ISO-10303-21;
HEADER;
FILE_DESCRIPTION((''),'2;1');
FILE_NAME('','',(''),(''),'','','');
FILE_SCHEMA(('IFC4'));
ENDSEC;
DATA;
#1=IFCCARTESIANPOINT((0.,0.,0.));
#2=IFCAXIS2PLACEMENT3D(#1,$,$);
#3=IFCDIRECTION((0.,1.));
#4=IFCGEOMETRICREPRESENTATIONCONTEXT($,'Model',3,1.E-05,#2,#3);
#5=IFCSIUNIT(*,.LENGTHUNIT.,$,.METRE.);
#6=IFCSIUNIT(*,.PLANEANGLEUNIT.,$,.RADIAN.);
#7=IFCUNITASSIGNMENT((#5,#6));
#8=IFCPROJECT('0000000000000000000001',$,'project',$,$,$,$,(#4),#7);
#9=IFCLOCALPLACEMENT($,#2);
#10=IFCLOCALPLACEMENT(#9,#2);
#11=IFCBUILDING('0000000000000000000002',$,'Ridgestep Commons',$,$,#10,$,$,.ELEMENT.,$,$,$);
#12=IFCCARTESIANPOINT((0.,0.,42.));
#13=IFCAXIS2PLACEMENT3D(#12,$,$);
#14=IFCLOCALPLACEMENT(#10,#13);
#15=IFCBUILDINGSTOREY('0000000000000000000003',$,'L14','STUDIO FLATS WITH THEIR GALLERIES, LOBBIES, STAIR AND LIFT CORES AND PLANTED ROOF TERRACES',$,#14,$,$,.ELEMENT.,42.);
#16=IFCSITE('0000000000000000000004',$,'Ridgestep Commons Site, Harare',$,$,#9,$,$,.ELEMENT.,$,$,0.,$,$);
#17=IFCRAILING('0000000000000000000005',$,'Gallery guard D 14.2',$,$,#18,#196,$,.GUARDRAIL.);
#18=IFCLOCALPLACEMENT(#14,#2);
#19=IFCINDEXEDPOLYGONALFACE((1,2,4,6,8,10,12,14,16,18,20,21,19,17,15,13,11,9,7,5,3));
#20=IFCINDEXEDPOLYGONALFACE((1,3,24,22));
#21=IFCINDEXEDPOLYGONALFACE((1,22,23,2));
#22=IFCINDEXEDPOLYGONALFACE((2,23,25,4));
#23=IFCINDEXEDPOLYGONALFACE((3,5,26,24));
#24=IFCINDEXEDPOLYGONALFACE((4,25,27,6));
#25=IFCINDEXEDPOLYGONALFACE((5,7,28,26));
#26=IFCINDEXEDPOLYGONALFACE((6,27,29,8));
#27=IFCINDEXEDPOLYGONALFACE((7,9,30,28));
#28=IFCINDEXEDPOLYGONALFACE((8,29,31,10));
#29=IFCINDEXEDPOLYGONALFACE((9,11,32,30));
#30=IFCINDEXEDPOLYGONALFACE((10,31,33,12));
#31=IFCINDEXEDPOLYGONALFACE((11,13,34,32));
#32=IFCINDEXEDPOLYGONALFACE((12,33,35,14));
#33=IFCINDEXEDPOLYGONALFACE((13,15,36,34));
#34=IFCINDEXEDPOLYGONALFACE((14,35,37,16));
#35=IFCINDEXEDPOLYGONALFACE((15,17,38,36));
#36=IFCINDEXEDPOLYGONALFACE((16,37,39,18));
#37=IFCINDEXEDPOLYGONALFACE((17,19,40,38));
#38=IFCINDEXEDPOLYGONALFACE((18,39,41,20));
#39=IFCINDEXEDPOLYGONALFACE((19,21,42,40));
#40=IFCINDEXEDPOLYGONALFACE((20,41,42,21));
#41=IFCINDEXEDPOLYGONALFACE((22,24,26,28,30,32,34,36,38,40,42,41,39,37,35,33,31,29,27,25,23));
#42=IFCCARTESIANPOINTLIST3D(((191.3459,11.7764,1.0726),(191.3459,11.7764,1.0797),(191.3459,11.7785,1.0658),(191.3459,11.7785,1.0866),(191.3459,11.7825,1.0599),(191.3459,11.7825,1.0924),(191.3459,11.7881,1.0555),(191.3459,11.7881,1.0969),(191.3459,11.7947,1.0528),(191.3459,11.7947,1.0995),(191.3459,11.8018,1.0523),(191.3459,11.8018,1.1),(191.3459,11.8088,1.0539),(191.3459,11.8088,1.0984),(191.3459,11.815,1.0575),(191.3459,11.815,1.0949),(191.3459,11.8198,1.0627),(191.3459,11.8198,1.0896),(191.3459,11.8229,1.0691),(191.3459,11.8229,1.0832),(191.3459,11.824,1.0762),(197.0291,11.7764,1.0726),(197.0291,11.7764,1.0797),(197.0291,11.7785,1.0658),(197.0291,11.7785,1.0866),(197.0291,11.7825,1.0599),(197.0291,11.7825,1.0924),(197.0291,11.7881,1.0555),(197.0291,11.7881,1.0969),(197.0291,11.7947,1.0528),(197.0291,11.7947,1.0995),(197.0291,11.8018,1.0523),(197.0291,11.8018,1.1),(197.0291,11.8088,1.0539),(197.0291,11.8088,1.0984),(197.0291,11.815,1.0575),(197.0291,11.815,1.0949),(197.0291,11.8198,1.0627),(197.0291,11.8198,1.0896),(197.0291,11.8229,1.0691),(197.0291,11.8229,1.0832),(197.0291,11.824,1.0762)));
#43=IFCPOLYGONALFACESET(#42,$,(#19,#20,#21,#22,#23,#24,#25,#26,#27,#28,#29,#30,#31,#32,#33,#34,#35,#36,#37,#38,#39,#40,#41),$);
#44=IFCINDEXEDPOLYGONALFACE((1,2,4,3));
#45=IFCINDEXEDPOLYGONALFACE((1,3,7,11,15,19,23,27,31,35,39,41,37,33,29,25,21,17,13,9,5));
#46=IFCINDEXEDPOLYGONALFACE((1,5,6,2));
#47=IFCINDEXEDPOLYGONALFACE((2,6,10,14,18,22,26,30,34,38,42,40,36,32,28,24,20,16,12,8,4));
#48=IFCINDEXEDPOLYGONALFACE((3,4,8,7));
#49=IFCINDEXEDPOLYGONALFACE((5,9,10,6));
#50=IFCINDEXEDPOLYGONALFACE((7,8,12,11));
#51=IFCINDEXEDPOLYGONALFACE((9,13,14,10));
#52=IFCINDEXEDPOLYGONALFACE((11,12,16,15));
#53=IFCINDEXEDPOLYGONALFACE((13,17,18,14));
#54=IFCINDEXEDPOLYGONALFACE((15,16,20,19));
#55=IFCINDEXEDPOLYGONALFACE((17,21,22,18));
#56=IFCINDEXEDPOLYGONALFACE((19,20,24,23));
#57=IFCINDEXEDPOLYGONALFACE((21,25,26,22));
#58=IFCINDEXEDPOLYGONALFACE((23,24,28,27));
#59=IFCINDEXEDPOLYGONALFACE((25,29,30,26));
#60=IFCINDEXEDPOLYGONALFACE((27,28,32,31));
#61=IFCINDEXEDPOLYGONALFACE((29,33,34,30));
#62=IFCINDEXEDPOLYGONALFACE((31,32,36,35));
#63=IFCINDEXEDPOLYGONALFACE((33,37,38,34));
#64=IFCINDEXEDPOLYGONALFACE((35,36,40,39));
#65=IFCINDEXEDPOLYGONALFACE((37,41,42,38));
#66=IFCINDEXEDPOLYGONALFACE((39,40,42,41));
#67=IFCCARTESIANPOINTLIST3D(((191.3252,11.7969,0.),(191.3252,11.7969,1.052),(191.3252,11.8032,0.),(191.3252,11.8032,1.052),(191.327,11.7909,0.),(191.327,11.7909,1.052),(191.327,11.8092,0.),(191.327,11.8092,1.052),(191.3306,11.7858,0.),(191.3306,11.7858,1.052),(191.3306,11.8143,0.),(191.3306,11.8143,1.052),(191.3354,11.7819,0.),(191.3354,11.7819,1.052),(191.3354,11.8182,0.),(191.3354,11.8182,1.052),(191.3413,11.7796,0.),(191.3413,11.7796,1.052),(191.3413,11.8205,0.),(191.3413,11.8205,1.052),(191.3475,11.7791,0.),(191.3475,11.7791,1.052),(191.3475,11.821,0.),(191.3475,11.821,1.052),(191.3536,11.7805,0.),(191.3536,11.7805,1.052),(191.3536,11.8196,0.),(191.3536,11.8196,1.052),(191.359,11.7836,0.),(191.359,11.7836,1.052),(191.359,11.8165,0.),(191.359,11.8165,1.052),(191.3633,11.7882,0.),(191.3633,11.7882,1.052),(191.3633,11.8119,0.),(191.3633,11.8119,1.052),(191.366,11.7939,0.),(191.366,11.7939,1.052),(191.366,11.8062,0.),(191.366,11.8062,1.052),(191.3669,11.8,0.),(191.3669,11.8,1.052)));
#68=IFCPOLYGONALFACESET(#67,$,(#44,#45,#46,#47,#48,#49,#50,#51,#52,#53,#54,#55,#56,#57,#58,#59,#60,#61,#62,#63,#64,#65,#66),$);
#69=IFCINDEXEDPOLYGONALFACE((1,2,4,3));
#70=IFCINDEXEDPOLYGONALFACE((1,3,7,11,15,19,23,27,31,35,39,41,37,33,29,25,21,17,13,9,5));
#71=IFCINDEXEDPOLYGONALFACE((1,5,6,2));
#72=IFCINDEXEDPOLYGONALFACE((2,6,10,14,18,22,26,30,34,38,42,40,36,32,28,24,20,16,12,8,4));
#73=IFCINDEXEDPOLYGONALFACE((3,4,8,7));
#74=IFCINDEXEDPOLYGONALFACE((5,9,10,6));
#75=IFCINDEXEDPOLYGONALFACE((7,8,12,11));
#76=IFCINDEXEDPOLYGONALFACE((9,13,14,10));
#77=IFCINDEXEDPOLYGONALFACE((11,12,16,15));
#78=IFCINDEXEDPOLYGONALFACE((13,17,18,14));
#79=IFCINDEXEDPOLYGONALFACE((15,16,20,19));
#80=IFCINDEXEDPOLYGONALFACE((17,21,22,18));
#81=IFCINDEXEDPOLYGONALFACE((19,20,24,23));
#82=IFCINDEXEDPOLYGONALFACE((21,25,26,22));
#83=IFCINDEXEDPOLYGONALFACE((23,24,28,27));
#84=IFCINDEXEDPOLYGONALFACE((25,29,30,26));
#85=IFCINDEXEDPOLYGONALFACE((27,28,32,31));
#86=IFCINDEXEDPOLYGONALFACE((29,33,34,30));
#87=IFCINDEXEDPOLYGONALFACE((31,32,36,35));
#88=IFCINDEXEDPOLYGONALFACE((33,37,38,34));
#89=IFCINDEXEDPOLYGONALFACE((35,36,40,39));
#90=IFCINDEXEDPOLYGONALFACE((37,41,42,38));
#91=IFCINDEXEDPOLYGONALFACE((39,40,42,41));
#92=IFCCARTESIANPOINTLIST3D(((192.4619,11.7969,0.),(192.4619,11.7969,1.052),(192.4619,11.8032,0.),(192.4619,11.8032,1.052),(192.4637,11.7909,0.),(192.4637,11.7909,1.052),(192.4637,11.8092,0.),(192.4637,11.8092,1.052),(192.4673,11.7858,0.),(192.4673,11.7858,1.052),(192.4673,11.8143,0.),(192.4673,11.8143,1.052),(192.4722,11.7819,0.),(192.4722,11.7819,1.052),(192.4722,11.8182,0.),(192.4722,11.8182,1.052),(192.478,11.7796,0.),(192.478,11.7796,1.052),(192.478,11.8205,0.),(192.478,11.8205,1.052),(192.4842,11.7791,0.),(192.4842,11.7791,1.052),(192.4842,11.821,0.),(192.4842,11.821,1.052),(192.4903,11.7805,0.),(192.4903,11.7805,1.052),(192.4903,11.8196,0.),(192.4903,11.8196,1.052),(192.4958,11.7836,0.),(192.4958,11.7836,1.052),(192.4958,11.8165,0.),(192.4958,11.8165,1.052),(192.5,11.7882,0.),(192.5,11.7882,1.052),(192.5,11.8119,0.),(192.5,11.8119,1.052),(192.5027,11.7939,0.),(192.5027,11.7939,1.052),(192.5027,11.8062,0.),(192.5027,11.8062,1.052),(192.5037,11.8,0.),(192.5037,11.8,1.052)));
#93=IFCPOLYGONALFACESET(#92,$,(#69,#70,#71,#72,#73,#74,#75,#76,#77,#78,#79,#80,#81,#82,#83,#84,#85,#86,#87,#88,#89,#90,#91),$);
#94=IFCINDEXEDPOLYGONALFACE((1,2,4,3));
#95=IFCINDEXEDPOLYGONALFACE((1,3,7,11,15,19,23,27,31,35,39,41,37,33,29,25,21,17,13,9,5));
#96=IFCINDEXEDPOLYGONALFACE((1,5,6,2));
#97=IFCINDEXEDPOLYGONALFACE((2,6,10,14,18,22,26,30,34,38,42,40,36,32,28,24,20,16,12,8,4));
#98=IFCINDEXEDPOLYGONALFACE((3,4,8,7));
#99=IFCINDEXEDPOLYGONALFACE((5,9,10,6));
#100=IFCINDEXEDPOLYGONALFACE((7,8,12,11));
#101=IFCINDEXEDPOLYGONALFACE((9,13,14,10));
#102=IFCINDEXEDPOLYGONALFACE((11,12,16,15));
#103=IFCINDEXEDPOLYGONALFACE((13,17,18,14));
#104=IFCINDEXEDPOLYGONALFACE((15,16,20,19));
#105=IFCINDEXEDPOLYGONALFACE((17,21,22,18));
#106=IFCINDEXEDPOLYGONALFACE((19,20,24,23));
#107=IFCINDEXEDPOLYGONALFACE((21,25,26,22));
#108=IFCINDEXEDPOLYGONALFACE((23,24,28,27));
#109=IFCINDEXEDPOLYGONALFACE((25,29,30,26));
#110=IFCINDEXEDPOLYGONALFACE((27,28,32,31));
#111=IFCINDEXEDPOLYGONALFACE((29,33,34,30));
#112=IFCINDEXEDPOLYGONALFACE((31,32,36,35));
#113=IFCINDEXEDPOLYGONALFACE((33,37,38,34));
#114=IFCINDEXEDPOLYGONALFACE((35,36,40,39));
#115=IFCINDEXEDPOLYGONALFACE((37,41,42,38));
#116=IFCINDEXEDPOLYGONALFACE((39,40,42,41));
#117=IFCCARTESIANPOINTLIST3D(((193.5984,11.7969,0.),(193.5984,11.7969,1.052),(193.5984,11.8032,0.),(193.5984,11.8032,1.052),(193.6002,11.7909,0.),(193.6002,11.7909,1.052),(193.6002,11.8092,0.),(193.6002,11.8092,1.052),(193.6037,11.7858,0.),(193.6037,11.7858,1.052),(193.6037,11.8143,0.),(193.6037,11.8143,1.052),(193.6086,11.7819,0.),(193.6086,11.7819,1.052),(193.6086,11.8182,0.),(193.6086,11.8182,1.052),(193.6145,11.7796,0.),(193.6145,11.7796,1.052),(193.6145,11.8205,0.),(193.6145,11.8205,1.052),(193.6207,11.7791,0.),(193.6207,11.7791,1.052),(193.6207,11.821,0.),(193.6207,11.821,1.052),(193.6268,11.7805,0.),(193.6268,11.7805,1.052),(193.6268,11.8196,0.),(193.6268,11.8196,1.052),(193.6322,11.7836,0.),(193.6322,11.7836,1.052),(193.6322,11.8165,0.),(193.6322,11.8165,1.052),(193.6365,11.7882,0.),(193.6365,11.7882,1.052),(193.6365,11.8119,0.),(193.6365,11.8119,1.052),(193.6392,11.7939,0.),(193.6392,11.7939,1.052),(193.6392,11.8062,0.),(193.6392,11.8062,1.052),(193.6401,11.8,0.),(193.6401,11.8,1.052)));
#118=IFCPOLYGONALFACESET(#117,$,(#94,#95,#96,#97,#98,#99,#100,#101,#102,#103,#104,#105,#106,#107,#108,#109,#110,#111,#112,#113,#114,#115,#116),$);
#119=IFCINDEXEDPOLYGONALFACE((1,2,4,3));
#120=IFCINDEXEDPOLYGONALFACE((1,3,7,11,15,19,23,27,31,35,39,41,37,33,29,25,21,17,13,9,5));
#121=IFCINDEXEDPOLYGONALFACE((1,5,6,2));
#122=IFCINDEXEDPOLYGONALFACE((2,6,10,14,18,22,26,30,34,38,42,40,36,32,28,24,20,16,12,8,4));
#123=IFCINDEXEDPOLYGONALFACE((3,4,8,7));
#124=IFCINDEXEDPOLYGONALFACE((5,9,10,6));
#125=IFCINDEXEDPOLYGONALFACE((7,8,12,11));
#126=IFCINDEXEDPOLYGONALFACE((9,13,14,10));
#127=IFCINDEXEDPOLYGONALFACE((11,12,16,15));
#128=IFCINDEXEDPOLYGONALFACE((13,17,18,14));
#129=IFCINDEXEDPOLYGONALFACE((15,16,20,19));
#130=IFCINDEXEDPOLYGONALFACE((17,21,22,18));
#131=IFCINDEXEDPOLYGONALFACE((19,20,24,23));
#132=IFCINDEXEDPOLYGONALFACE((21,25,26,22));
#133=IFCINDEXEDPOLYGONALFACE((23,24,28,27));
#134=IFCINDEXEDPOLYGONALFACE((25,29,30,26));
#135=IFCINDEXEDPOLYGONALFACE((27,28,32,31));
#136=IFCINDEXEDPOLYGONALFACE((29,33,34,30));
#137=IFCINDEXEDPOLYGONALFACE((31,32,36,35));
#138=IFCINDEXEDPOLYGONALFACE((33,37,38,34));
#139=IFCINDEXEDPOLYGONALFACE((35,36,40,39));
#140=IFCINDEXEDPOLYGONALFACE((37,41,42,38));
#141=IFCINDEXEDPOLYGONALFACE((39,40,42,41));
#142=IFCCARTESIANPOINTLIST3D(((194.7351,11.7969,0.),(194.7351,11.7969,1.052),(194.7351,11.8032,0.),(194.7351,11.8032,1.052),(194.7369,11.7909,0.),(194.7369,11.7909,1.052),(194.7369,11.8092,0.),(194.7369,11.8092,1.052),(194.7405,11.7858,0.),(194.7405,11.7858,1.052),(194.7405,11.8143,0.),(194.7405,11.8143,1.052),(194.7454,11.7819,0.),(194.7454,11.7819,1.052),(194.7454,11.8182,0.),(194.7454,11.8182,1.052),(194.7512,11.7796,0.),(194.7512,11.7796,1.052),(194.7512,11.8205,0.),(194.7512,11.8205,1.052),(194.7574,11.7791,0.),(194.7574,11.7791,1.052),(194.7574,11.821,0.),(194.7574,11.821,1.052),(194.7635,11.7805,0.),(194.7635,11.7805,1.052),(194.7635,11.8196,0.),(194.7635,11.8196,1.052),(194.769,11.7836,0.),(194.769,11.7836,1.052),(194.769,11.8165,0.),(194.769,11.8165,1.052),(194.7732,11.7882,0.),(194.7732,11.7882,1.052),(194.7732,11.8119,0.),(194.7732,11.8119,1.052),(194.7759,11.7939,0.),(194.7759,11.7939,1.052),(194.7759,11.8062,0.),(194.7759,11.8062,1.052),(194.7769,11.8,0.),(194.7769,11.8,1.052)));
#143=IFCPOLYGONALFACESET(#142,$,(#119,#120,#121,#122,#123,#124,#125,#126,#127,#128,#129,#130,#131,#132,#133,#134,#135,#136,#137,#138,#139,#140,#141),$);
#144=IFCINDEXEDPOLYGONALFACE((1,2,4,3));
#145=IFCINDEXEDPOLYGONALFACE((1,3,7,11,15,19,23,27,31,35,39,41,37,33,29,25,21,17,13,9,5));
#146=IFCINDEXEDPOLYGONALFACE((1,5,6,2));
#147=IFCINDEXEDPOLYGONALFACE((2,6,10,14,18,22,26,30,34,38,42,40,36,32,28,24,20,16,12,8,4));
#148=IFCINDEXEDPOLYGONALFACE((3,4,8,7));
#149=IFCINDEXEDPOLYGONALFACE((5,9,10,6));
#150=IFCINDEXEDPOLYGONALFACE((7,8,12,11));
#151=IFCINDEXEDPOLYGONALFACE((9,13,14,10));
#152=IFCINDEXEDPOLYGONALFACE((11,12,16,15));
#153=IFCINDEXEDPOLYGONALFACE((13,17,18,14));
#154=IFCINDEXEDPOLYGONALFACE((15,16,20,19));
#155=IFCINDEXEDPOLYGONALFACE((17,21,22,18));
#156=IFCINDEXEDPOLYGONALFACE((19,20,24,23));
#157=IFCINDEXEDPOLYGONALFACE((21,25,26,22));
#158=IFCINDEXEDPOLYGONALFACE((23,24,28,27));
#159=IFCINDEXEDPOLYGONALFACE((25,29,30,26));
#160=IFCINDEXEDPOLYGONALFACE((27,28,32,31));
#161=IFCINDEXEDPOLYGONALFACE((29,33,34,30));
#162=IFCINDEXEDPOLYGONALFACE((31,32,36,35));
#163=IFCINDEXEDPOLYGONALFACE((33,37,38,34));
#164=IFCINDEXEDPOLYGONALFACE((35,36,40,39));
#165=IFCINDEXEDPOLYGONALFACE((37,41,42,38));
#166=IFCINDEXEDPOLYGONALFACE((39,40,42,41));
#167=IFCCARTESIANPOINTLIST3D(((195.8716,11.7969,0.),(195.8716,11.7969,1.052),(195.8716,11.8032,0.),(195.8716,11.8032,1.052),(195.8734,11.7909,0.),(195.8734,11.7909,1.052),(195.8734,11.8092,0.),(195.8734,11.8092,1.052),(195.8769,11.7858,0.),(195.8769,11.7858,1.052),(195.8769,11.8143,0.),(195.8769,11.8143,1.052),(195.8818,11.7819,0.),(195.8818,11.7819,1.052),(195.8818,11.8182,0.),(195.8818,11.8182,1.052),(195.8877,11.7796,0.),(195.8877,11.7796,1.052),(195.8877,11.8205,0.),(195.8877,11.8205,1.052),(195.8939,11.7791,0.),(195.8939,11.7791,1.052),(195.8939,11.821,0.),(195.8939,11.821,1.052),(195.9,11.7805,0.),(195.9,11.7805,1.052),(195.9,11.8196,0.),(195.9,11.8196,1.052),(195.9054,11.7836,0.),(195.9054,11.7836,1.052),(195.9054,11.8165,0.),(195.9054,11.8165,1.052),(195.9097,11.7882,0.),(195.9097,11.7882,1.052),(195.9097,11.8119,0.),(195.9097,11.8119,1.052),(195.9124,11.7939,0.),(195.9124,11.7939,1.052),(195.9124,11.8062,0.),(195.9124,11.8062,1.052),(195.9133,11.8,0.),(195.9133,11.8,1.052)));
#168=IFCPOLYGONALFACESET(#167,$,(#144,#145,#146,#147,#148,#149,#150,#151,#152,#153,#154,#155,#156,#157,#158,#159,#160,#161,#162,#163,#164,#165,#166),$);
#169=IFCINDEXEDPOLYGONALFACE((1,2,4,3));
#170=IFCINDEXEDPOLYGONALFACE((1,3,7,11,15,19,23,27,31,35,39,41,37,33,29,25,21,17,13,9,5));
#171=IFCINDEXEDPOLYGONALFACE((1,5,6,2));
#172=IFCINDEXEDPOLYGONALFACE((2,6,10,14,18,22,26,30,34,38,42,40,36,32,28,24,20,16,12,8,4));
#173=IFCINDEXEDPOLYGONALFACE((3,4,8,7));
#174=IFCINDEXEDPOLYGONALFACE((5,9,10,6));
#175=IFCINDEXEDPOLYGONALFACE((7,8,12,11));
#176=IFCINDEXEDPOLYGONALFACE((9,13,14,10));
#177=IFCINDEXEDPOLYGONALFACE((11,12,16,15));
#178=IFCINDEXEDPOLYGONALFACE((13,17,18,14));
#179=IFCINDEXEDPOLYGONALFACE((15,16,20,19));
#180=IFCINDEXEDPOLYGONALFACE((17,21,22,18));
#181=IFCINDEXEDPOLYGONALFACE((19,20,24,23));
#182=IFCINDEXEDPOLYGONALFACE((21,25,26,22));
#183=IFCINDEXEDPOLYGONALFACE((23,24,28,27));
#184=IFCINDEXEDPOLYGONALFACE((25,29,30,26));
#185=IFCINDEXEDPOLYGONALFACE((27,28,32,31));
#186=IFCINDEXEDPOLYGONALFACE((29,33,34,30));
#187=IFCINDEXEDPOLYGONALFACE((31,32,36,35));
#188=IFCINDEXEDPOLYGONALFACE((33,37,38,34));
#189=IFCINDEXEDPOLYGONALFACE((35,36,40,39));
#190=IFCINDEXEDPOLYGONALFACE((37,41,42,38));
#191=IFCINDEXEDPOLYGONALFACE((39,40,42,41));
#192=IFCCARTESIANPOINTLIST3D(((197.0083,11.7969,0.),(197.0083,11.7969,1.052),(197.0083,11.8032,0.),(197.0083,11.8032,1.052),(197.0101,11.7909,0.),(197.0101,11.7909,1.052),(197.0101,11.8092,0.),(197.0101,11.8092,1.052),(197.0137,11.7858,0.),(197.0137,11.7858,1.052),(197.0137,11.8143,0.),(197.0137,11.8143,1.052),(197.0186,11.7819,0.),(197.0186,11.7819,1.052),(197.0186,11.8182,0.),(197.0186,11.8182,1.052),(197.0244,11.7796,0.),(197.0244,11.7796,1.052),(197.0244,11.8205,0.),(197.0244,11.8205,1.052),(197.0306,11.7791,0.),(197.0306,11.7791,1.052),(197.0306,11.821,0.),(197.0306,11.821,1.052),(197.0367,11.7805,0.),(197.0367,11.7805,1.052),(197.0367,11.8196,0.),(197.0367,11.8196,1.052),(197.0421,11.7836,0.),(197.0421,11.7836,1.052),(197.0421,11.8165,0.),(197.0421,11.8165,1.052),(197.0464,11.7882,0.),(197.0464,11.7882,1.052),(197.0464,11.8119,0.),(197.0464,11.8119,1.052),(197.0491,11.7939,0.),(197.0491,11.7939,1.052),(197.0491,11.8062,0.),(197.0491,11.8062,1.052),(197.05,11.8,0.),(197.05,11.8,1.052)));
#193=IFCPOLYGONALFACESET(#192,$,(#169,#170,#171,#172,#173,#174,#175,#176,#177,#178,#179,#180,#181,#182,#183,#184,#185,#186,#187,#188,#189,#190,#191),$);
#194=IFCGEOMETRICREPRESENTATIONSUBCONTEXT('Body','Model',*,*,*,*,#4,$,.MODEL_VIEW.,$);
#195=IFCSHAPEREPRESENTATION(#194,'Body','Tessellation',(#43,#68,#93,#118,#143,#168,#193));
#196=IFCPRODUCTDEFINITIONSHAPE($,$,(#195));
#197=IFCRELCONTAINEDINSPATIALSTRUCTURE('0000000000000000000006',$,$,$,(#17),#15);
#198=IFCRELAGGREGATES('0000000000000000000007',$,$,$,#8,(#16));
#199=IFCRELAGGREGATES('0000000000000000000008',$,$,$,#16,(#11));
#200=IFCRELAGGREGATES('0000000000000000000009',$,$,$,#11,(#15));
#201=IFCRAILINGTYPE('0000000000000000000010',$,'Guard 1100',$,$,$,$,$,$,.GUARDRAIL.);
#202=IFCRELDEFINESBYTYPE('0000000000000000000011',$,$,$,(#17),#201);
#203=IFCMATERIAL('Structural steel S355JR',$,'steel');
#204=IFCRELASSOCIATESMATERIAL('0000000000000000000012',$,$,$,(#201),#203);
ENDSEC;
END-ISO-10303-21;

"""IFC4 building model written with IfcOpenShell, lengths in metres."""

from ifc_helpers import new_model, si_unit, direction, frame, origin, origin_2d, place, context, subcontext, project, spatial, circle, extrude, material, type_object, element, save


model = new_model("IFC4")

# Units and contexts
model_context = context("Model", 3, precision=1e-05, world=origin(), true_north=direction((0.0, 1.0)))
body_context = subcontext(model_context, "Body", "Model", "MODEL_VIEW")
ifc_project = project(units=[si_unit("LENGTHUNIT", "METRE"), si_unit("PLANEANGLEUNIT", "RADIAN")], contexts=[model_context])

# Site, building, storey
site_placement = place(None, origin())
site = spatial("IfcSite", under=ifc_project, at=site_placement, Name="Ridgestep Commons Site, Harare", CompositionType="ELEMENT", RefElevation=0.0)
building_placement = place(site_placement, origin())
building = spatial("IfcBuilding", under=site, at=building_placement, Name="Ridgestep Commons", CompositionType="ELEMENT")
storey_placement = place(building_placement, frame((0.0, 0.0, 42.0)))
storey = spatial("IfcBuildingStorey", under=building, at=storey_placement, Name="L14", Description="STUDIO FLATS WITH THEIR GALLERIES, LOBBIES, STAIR AND LIFT CORES AND PLANTED ROOF TERRACES", CompositionType="ELEMENT", Elevation=42.0)

# Railing
ifc_material_1 = material(Name="Structural steel S355JR", Category="steel")
railing_type = type_object("IfcRailingType", Name="Guard 1100", PredefinedType="GUARDRAIL", material=ifc_material_1)
railing_placement = place(storey_placement, frame((191.3459, 11.8, 0.0)))
element("IfcRailing", 1, at=railing_placement, inside=storey, type_object=railing_type, Name="Gallery guard D 14.2", PredefinedType="GUARDRAIL", context=body_context, shape_type="SweptSolid", body=[
    extrude(circle(Radius=0.0239, at=origin_2d()), frame((0.0, 0.0, 1.0762), z_axis=(1.0, 0.0, 0.0), x_axis=(0.0, 1.0, 0.0)), (0.0, 0.0, 1.0), 5.6831),
    extrude(circle(Radius=0.021, at=origin_2d()), origin(), (0.0, 0.0, 1.0), 1.052),
    extrude(circle(Radius=0.021, at=origin_2d()), frame((1.1367, 0.0, 0.0)), (0.0, 0.0, 1.0), 1.052),
    extrude(circle(Radius=0.021, at=origin_2d()), frame((2.2732, 0.0, 0.0)), (0.0, 0.0, 1.0), 1.052),
    extrude(circle(Radius=0.021, at=origin_2d()), frame((3.4099, 0.0, 0.0)), (0.0, 0.0, 1.0), 1.052),
    extrude(circle(Radius=0.021, at=origin_2d()), frame((4.5464, 0.0, 0.0)), (0.0, 0.0, 1.0), 1.052),
    extrude(circle(Radius=0.021, at=origin_2d()), frame((5.6831, 0.0, 0.0)), (0.0, 0.0, 1.0), 1.052),
])

save(model, "model.ifc")
